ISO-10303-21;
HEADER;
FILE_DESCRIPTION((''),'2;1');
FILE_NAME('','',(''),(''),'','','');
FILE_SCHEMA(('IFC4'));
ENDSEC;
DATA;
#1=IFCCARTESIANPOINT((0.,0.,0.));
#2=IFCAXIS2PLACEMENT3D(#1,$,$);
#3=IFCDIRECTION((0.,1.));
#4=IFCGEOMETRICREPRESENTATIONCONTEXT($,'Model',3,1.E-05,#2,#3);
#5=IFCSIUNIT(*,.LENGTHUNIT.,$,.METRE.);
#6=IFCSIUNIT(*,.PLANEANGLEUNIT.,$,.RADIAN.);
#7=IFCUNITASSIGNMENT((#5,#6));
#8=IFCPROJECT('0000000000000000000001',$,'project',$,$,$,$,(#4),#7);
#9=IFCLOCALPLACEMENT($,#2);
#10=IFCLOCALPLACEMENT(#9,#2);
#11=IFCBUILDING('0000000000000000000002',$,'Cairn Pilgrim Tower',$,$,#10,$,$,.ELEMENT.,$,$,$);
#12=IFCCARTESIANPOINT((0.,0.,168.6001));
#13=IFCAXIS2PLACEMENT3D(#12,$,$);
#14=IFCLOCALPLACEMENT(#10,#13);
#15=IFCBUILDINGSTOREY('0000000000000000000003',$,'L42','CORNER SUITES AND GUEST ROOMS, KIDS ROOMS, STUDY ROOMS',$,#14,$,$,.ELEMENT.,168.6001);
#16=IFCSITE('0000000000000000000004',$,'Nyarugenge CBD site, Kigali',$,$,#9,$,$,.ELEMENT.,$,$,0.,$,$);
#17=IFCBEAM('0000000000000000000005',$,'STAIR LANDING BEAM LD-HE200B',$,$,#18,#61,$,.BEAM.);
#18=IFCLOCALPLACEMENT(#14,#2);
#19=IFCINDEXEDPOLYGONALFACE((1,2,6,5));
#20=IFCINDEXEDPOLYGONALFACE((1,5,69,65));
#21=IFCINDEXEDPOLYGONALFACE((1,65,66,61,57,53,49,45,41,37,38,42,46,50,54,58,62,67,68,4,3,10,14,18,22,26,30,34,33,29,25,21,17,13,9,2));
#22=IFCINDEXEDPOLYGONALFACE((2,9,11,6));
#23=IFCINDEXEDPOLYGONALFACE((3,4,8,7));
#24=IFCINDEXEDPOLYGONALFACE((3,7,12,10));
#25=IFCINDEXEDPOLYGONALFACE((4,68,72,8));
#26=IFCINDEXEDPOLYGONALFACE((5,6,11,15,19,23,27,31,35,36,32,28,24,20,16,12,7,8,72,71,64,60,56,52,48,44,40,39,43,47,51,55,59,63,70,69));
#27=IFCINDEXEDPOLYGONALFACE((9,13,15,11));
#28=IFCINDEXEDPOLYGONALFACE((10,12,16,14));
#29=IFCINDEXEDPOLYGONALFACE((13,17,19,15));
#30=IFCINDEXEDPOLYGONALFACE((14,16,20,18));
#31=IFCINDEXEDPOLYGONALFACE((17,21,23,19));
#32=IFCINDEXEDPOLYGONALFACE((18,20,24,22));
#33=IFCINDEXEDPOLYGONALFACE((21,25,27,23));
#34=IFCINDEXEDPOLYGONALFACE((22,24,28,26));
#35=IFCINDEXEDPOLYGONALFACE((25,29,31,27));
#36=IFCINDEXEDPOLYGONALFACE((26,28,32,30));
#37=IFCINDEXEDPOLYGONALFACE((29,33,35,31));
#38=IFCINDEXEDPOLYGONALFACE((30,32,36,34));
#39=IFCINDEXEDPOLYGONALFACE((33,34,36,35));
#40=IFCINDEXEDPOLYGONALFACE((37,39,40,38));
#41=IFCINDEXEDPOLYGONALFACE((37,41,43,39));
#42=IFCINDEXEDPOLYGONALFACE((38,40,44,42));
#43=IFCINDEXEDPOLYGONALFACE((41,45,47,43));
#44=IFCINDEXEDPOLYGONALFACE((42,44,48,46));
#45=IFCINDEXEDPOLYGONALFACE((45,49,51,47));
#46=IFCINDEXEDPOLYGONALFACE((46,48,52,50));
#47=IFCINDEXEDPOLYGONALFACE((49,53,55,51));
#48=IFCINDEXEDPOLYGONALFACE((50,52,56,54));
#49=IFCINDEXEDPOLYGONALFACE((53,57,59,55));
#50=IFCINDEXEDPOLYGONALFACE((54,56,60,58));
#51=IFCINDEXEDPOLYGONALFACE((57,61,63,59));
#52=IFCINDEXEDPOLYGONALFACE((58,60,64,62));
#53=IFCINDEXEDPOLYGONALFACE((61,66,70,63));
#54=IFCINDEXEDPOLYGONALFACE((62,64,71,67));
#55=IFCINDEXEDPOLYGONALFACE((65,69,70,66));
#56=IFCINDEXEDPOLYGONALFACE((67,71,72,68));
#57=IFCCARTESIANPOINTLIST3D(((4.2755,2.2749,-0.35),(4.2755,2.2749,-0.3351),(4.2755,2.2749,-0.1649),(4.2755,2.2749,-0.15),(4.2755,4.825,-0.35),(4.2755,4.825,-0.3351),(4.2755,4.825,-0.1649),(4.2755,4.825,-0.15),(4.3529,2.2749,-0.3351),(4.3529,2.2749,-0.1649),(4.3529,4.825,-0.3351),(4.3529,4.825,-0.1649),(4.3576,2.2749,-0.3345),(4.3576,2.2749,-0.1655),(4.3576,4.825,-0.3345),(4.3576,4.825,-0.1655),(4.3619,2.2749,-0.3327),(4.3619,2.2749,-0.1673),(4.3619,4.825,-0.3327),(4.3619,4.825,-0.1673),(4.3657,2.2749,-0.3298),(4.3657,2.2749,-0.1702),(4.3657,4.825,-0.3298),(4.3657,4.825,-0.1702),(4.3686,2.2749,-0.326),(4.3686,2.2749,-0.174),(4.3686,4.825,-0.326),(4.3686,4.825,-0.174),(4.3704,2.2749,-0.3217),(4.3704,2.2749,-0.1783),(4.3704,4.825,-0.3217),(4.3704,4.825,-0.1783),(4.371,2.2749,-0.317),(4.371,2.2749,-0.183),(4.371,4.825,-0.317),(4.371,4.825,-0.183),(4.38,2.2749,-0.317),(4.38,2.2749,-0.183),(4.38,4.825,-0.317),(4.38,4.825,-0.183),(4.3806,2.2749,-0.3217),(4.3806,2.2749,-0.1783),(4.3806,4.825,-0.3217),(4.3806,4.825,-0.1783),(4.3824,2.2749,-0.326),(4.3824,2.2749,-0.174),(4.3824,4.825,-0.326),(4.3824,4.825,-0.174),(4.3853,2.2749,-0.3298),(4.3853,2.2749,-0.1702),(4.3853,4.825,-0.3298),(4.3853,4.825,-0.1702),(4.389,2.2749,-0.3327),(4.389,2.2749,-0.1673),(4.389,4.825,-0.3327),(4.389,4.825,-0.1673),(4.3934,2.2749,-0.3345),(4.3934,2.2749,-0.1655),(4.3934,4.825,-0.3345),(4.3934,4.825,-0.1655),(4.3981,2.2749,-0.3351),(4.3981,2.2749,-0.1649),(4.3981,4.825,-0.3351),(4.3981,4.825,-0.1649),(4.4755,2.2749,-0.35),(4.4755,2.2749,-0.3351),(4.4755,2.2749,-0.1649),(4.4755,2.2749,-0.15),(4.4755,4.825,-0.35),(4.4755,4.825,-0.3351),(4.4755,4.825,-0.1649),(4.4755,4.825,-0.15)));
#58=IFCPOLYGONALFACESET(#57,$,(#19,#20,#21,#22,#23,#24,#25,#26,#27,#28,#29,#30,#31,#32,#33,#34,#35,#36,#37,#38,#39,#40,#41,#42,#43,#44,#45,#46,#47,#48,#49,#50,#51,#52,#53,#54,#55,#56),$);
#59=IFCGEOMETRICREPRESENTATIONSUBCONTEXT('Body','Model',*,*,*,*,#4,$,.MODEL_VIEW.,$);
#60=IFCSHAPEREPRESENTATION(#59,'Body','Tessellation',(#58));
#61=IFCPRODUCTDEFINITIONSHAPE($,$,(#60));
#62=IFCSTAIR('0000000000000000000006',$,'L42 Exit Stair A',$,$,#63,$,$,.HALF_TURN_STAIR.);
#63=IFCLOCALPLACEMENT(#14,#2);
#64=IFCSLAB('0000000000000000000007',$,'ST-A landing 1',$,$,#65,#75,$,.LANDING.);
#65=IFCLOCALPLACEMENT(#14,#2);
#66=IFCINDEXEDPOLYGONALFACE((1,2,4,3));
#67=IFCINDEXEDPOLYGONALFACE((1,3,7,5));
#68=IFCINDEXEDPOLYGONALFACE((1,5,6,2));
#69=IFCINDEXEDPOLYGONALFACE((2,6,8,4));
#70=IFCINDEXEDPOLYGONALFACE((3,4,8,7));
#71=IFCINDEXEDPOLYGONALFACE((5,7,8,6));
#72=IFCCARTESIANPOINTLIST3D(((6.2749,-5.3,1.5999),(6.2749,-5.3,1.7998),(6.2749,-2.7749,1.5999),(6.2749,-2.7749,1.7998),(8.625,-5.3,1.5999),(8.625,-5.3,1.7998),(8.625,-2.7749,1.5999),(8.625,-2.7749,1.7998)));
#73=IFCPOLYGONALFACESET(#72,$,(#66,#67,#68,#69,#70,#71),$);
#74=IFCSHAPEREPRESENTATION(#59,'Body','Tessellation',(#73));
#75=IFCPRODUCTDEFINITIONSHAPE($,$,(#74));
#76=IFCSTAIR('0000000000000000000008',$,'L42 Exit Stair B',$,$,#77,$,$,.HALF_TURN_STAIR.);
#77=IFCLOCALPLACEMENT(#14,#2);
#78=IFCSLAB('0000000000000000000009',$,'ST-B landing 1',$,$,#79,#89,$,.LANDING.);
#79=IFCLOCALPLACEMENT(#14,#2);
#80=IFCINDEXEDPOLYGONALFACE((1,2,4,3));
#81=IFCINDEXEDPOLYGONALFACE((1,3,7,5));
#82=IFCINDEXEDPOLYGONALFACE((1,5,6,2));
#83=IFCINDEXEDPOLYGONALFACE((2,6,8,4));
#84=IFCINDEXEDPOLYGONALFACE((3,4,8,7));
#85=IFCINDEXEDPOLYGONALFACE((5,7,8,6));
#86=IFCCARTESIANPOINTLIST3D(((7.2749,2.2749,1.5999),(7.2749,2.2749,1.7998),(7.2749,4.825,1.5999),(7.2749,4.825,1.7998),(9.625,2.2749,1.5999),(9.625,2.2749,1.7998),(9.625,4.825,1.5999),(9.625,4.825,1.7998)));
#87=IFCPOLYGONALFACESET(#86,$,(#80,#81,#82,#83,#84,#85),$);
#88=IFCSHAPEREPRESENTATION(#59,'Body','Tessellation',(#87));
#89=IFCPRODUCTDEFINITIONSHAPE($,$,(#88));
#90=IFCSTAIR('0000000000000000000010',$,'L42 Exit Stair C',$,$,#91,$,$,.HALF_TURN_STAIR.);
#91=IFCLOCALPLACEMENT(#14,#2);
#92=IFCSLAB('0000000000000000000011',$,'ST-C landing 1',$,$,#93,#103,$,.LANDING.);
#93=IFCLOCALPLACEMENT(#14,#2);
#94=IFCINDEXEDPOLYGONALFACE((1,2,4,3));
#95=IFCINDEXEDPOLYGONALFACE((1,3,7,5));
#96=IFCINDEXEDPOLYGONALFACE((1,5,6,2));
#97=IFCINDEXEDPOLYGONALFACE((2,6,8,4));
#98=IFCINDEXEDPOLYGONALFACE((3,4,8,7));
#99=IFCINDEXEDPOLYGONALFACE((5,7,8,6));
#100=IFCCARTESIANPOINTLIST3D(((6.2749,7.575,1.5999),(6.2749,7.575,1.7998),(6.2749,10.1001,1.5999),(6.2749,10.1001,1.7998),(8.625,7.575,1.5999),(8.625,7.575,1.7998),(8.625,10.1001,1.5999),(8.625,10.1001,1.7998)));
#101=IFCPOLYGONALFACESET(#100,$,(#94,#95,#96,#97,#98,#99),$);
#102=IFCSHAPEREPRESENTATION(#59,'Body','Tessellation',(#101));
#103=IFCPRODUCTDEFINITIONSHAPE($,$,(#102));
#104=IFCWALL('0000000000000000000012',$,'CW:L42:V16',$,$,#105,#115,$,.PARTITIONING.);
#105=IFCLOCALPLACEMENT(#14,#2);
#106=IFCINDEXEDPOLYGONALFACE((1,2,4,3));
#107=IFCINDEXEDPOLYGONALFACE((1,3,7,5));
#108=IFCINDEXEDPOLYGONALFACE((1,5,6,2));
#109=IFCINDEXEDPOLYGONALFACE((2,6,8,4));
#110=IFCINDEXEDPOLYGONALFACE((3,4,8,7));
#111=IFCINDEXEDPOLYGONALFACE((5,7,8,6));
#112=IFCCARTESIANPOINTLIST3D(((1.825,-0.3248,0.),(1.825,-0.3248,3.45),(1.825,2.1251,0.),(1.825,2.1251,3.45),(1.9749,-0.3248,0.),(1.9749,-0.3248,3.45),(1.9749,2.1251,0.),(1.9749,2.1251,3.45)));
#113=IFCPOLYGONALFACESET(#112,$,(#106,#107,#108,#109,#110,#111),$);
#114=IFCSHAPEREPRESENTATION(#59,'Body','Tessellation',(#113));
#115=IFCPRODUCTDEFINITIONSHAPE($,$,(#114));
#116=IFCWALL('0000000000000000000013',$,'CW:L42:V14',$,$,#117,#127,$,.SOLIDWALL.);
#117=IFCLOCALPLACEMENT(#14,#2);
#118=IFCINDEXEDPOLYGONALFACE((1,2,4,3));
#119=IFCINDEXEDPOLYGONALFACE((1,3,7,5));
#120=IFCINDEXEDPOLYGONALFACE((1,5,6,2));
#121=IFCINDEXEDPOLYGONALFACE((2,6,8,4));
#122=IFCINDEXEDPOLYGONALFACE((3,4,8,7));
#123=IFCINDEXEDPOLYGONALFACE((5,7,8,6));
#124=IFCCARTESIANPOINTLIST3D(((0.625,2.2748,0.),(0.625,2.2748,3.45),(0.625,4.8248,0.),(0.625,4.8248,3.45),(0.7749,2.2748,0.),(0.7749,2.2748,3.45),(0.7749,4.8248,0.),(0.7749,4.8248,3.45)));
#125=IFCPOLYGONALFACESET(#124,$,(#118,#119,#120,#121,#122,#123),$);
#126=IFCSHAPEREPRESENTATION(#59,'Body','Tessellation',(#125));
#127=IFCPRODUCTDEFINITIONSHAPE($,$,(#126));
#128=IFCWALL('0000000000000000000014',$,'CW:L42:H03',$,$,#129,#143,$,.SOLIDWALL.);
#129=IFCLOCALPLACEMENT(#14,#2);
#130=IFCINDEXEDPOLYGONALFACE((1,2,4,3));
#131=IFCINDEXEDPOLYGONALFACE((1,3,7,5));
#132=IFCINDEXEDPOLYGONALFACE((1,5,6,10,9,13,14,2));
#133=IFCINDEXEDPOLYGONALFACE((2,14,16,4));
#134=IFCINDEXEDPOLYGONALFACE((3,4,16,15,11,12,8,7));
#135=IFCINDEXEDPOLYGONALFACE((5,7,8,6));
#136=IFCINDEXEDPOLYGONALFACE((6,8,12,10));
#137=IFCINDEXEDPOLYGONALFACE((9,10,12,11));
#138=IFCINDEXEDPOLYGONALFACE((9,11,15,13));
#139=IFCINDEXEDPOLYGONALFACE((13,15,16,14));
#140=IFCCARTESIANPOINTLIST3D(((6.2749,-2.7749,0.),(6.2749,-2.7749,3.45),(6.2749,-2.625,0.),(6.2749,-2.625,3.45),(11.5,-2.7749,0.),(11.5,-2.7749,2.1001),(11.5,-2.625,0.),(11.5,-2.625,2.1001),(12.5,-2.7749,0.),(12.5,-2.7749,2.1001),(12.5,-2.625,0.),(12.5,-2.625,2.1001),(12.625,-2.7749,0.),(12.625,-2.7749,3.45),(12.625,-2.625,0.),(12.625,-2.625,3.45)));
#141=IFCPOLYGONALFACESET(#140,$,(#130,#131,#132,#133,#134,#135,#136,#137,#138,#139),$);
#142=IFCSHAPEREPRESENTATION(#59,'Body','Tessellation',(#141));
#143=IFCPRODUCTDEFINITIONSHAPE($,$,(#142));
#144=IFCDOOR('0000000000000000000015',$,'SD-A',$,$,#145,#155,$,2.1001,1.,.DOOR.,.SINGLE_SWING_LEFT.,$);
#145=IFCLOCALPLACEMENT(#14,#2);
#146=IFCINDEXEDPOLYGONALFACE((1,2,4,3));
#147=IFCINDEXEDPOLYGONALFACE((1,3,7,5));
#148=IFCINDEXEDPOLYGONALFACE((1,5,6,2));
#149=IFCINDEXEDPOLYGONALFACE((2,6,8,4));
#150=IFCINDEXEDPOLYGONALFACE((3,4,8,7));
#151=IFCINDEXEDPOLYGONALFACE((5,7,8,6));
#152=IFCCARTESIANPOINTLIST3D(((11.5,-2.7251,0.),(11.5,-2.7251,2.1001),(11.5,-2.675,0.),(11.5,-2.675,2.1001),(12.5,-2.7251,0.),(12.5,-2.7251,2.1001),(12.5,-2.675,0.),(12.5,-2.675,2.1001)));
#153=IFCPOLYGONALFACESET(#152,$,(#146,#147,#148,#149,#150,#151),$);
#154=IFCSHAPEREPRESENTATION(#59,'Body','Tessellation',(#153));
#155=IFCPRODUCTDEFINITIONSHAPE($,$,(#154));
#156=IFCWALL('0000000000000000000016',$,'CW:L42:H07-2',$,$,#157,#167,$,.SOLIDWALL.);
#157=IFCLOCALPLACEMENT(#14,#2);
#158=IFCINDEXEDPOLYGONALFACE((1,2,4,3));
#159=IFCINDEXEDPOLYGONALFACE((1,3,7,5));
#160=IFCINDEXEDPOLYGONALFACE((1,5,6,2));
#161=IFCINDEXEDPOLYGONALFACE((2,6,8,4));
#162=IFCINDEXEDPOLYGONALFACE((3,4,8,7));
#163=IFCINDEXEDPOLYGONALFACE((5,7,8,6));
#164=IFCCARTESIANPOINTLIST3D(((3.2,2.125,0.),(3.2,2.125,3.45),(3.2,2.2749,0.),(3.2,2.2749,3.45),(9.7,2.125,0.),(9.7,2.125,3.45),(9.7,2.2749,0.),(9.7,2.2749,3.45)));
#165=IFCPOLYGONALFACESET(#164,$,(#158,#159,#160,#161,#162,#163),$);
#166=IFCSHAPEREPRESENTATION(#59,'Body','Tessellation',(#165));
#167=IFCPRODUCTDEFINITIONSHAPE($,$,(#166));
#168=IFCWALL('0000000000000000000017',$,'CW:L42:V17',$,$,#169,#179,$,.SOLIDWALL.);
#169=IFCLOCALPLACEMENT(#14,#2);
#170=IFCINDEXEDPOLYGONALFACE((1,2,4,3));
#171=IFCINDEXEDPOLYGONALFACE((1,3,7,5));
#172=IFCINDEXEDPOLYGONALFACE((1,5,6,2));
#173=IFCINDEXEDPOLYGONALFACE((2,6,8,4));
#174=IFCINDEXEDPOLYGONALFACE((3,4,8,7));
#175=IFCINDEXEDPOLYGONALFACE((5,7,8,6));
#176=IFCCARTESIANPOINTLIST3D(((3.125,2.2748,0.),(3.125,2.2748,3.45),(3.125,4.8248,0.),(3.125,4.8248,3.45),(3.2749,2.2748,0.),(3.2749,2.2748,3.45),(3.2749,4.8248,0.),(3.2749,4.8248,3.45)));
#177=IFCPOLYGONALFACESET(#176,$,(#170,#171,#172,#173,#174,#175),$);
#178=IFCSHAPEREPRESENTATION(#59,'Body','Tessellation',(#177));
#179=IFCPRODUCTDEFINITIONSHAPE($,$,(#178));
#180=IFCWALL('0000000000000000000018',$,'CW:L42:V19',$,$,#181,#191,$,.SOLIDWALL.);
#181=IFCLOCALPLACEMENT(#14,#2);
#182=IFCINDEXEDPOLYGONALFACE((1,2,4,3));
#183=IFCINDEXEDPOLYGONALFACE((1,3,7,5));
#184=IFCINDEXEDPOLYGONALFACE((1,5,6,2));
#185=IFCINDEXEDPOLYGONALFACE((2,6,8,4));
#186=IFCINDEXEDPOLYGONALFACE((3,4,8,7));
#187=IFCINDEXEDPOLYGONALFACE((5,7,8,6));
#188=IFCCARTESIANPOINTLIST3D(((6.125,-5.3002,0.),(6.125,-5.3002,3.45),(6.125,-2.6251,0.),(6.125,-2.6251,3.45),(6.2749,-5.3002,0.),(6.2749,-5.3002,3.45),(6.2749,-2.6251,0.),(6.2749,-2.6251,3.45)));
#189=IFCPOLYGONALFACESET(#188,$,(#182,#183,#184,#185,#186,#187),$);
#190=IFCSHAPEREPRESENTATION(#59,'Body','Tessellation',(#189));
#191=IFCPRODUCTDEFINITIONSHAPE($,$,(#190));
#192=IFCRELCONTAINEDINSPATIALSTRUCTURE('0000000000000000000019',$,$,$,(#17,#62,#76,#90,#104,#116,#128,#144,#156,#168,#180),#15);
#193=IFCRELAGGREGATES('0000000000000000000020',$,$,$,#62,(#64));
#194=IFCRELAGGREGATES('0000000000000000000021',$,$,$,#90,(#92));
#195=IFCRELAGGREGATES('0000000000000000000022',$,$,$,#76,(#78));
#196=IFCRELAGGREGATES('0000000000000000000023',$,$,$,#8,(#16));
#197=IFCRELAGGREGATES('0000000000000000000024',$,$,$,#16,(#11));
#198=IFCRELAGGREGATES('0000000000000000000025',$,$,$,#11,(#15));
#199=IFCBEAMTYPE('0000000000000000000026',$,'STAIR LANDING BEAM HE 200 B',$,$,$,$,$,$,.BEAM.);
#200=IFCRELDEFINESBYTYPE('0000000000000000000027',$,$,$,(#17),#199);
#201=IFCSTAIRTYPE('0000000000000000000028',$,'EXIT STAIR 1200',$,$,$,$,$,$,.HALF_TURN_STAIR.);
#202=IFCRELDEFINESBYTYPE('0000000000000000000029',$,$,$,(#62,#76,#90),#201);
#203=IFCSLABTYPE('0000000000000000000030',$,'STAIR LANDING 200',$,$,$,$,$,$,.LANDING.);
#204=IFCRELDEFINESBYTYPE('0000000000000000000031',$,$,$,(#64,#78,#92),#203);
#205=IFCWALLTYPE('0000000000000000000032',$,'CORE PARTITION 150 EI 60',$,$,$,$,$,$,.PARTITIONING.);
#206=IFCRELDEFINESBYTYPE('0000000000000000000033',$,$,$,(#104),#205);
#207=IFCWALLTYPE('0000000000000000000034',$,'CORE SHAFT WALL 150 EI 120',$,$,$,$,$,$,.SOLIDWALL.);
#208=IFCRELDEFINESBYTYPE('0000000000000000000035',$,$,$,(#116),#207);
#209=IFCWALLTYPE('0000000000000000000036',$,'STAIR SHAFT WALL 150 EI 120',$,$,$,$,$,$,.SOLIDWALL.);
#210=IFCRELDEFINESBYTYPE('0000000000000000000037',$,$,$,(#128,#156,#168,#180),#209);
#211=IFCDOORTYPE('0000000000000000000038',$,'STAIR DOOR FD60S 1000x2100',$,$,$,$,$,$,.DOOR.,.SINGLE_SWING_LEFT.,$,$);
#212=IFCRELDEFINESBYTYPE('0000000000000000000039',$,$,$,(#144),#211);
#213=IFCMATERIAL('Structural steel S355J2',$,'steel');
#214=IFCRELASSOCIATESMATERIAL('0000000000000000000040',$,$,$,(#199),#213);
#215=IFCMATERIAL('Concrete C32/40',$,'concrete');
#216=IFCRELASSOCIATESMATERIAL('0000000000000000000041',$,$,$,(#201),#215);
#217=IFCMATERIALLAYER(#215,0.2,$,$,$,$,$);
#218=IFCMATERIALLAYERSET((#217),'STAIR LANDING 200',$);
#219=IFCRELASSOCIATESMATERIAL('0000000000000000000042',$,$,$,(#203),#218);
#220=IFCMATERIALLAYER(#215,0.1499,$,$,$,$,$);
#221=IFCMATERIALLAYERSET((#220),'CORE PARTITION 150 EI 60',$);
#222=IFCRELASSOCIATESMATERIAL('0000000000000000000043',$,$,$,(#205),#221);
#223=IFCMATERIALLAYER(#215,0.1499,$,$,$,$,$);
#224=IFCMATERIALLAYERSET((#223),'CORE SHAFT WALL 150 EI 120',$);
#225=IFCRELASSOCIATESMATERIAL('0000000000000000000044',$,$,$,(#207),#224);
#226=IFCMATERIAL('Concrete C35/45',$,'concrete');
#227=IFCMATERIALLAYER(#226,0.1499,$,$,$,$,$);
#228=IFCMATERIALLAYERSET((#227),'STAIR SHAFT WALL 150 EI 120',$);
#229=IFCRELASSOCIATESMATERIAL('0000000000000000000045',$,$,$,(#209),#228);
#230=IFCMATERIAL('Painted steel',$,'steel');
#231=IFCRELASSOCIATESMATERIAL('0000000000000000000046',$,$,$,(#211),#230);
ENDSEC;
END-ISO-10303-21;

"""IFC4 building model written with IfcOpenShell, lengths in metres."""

from ifc_helpers import new_model, si_unit, direction, frame, frame_2d, origin, origin_2d, place, context, subcontext, project, spatial, polyline, rectangle, i_section, outline, extrude, material, layer, layer_set, material_profile, profile_set, type_object, element, fill, aggregate, save


model = new_model("IFC4")

# Units and contexts
model_context = context("Model", 3, precision=1e-05, world=origin(), true_north=direction((0.0, 1.0)))
body_context = subcontext(model_context, "Body", "Model", "MODEL_VIEW")
ifc_project = project(units=[si_unit("LENGTHUNIT", "METRE"), si_unit("PLANEANGLEUNIT", "RADIAN")], contexts=[model_context])

# Site, building, storey
site_placement = place(None, origin())
site = spatial("IfcSite", under=ifc_project, at=site_placement, Name="Nyarugenge CBD site, Kigali", CompositionType="ELEMENT", RefElevation=0.0)
building_placement = place(site_placement, origin())
building = spatial("IfcBuilding", under=site, at=building_placement, Name="Cairn Pilgrim Tower", CompositionType="ELEMENT")
storey_placement = place(building_placement, frame((0.0, 0.0, 168.6001)))
storey = spatial("IfcBuildingStorey", under=building, at=storey_placement, Name="L42", Description="CORNER SUITES AND GUEST ROOMS, KIDS ROOMS, STUDY ROOMS", CompositionType="ELEMENT", Elevation=168.6001)

# Beam
ifc_material_1 = material(Name="Structural steel S355J2", Category="steel")
ifc_material_profile = material_profile(ifc_material_1, i_section(OverallWidth=0.2, OverallDepth=0.2, WebThickness=0.009, FlangeThickness=0.0149, FilletRadius=0.0181, at=origin_2d()), Name="HE 200 B")
ifc_profile_set = profile_set([ifc_material_profile], Name="Structural steel S355J2")
beam_type = type_object("IfcBeamType", Name="STAIR LANDING BEAM HE 200 B", PredefinedType="BEAM", material=ifc_profile_set)
beam_placement = place(storey_placement, frame((4.3755, 2.2749, -0.25), z_axis=(0.0, 1.0, 0.0), x_axis=(-1.0, 0.0, 0.0)))
element("IfcBeam", 1, at=beam_placement, inside=storey, type_object=beam_type, Name="STAIR LANDING BEAM LD-HE200B", PredefinedType="BEAM", context=body_context, shape_type="SweptSolid", body=[
    extrude(i_section(OverallWidth=0.2, OverallDepth=0.2, WebThickness=0.009, FlangeThickness=0.0149, FilletRadius=0.0181, at=origin_2d()), origin(), (0.0, 0.0, 1.0), 2.55),
])

# Shared definitions
ifc_material_2 = material(Name="Concrete C35/45", Category="concrete")

# Stairs, slabs
ifc_material_3 = material(Name="Concrete C32/40", Category="concrete")
stair_type = type_object("IfcStairType", Name="EXIT STAIR 1200", PredefinedType="HALF_TURN_STAIR", material=ifc_material_3)
stair_1_placement = place(storey_placement, origin())
stair_1 = element("IfcStair", 2, at=stair_1_placement, inside=storey, type_object=stair_type, Name="L42 Exit Stair A", PredefinedType="HALF_TURN_STAIR")
ifc_layer_1 = layer(ifc_material_3, 0.2)
ifc_layer_set_1 = layer_set([ifc_layer_1], Name="STAIR LANDING 200")
slab_type_1 = type_object("IfcSlabType", Name="STAIR LANDING 200", PredefinedType="LANDING", material=ifc_layer_set_1)
slab_1_placement = place(storey_placement, frame((0.0, 0.0, 1.5999)))
slab_1 = element("IfcSlab", 3, at=slab_1_placement, type_object=slab_type_1, Name="ST-A landing 1", PredefinedType="LANDING", context=body_context, shape_type="SweptSolid", body=[
    extrude(outline(polyline([(8.625, -2.7749), (6.2749, -2.7749), (6.2749, -5.3), (8.625, -5.3), (8.625, -2.7749)])), origin(), (0.0, 0.0, 1.0), 0.2),
])
aggregate(stair_1, [slab_1])
stair_2_placement = place(storey_placement, origin())
stair_2 = element("IfcStair", 4, at=stair_2_placement, inside=storey, type_object=stair_type, Name="L42 Exit Stair B", PredefinedType="HALF_TURN_STAIR")
slab_2_placement = place(storey_placement, frame((0.0, 0.0, 1.5999)))
slab_2 = element("IfcSlab", 5, at=slab_2_placement, type_object=slab_type_1, Name="ST-B landing 1", PredefinedType="LANDING", context=body_context, shape_type="SweptSolid", body=[
    extrude(outline(polyline([(7.2749, 2.2749), (9.625, 2.2749), (9.625, 4.825), (7.2749, 4.825), (7.2749, 2.2749)])), origin(), (0.0, 0.0, 1.0), 0.2),
])
stair_3_placement = place(storey_placement, origin())
stair_3 = element("IfcStair", 6, at=stair_3_placement, inside=storey, type_object=stair_type, Name="L42 Exit Stair C", PredefinedType="HALF_TURN_STAIR")
slab_3_placement = place(storey_placement, frame((0.0, 0.0, 1.5999)))
slab_3 = element("IfcSlab", 7, at=slab_3_placement, type_object=slab_type_1, Name="ST-C landing 1", PredefinedType="LANDING", context=body_context, shape_type="SweptSolid", body=[
    extrude(outline(polyline([(8.625, 10.1001), (6.2749, 10.1001), (6.2749, 7.575), (8.625, 7.575), (8.625, 10.1001)])), origin(), (0.0, 0.0, 1.0), 0.2),
])
aggregate(stair_3, [slab_3])

# Walls
ifc_layer_2 = layer(ifc_material_3, 0.1499)
ifc_layer_set_2 = layer_set([ifc_layer_2], Name="CORE PARTITION 150 EI 60")
wall_type_1 = type_object("IfcWallType", Name="CORE PARTITION 150 EI 60", PredefinedType="PARTITIONING", material=ifc_layer_set_2)
wall_1_placement = place(storey_placement, frame((1.8999, -0.325, 0.0), z_axis=(0.0, 0.0, 1.0), x_axis=(0.0, 1.0, 0.0)))
element("IfcWall", 8, at=wall_1_placement, inside=storey, type_object=wall_type_1, Name="CW:L42:V16", PredefinedType="PARTITIONING", context=body_context, shape_type="SweptSolid", body=[
    extrude(rectangle(XDim=2.45, YDim=0.1499, at=frame_2d((1.2251, 0.0))), origin(), (0.0, 0.0, 1.0), 3.45),
])
ifc_layer_3 = layer(ifc_material_3, 0.1499)
ifc_layer_set_3 = layer_set([ifc_layer_3], Name="CORE SHAFT WALL 150 EI 120")
wall_type_2 = type_object("IfcWallType", Name="CORE SHAFT WALL 150 EI 120", PredefinedType="SOLIDWALL", material=ifc_layer_set_3)
wall_2_placement = place(storey_placement, frame((0.7, 2.2749, 0.0), z_axis=(0.0, 0.0, 1.0), x_axis=(0.0, 1.0, 0.0)))
element("IfcWall", 9, at=wall_2_placement, inside=storey, type_object=wall_type_2, Name="CW:L42:V14", PredefinedType="SOLIDWALL", context=body_context, shape_type="SweptSolid", body=[
    extrude(rectangle(XDim=2.55, YDim=0.1499, at=frame_2d((1.2749, 0.0))), origin(), (0.0, 0.0, 1.0), 3.45),
])

# Wall, opening, door
ifc_layer_4 = layer(ifc_material_2, 0.1499)
ifc_layer_set_4 = layer_set([ifc_layer_4], Name="STAIR SHAFT WALL 150 EI 120")
wall_type_3 = type_object("IfcWallType", Name="STAIR SHAFT WALL 150 EI 120", PredefinedType="SOLIDWALL", material=ifc_layer_set_4)
wall_3_placement = place(storey_placement, frame((6.2749, -2.7, 0.0), z_axis=(0.0, 0.0, 1.0), x_axis=(1.0, 0.0, 0.0)))
wall_3 = element("IfcWall", 10, at=wall_3_placement, inside=storey, type_object=wall_type_3, Name="CW:L42:H03", PredefinedType="SOLIDWALL", context=body_context, shape_type="SweptSolid", body=[
    extrude(rectangle(XDim=6.3501, YDim=0.1499, at=frame_2d((3.175, 0.0))), origin(), (0.0, 0.0, 1.0), 3.45),
])
opening_placement = place(wall_3_placement, frame((5.2251, 0.0, 0.0)))
opening = element("IfcOpeningElement", 11, at=opening_placement, cuts=wall_3, PredefinedType="OPENING", context=body_context, shape_type="SweptSolid", body=[
    extrude(rectangle(XDim=1.0, YDim=2.1001, at=frame_2d((0.5, 1.05))), frame((0.0, 0.085, 0.0), z_axis=(0.0, -1.0, 0.0), x_axis=(1.0, 0.0, 0.0)), (0.0, 0.0, 1.0), 0.1699),
])
ifc_material_4 = material(Name="Painted steel", Category="steel")
door_type = type_object("IfcDoorType", Name="STAIR DOOR FD60S 1000x2100", OperationType="SINGLE_SWING_LEFT", PredefinedType="DOOR", material=ifc_material_4)
door_placement = place(opening_placement, origin())
door = element("IfcDoor", 12, at=door_placement, inside=storey, type_object=door_type, Name="SD-A", OperationType="SINGLE_SWING_LEFT", OverallHeight=2.1001, OverallWidth=1.0, PredefinedType="DOOR", context=body_context, shape_type="SweptSolid", body=[
    extrude(rectangle(XDim=1.0, YDim=2.1001, at=frame_2d((0.5, 1.05))), frame((0.0, 0.0249, 0.0), z_axis=(0.0, -1.0, 0.0), x_axis=(1.0, 0.0, 0.0)), (0.0, 0.0, 1.0), 0.05),
])
fill(opening, door)

# Walls
wall_4_placement = place(storey_placement, frame((3.2, 2.2, 0.0), z_axis=(0.0, 0.0, 1.0), x_axis=(1.0, 0.0, 0.0)))
element("IfcWall", 13, at=wall_4_placement, inside=storey, type_object=wall_type_3, Name="CW:L42:H07-2", PredefinedType="SOLIDWALL", context=body_context, shape_type="SweptSolid", body=[
    extrude(rectangle(XDim=6.5, YDim=0.1499, at=frame_2d((3.25, 0.0))), origin(), (0.0, 0.0, 1.0), 3.45),
])
wall_5_placement = place(storey_placement, frame((3.2, 2.2749, 0.0), z_axis=(0.0, 0.0, 1.0), x_axis=(0.0, 1.0, 0.0)))
element("IfcWall", 14, at=wall_5_placement, inside=storey, type_object=wall_type_3, Name="CW:L42:V17", PredefinedType="SOLIDWALL", context=body_context, shape_type="SweptSolid", body=[
    extrude(rectangle(XDim=2.55, YDim=0.1499, at=frame_2d((1.2749, 0.0))), origin(), (0.0, 0.0, 1.0), 3.45),
])
wall_6_placement = place(storey_placement, frame((6.2, -5.3, 0.0), z_axis=(0.0, 0.0, 1.0), x_axis=(0.0, 1.0, 0.0)))
element("IfcWall", 15, at=wall_6_placement, inside=storey, type_object=wall_type_3, Name="CW:L42:V19", PredefinedType="SOLIDWALL", context=body_context, shape_type="SweptSolid", body=[
    extrude(rectangle(XDim=2.675, YDim=0.1499, at=frame_2d((1.3374, 0.0))), origin(), (0.0, 0.0, 1.0), 3.45),
])

aggregate(stair_2, [slab_2])

save(model, "model.ifc")
